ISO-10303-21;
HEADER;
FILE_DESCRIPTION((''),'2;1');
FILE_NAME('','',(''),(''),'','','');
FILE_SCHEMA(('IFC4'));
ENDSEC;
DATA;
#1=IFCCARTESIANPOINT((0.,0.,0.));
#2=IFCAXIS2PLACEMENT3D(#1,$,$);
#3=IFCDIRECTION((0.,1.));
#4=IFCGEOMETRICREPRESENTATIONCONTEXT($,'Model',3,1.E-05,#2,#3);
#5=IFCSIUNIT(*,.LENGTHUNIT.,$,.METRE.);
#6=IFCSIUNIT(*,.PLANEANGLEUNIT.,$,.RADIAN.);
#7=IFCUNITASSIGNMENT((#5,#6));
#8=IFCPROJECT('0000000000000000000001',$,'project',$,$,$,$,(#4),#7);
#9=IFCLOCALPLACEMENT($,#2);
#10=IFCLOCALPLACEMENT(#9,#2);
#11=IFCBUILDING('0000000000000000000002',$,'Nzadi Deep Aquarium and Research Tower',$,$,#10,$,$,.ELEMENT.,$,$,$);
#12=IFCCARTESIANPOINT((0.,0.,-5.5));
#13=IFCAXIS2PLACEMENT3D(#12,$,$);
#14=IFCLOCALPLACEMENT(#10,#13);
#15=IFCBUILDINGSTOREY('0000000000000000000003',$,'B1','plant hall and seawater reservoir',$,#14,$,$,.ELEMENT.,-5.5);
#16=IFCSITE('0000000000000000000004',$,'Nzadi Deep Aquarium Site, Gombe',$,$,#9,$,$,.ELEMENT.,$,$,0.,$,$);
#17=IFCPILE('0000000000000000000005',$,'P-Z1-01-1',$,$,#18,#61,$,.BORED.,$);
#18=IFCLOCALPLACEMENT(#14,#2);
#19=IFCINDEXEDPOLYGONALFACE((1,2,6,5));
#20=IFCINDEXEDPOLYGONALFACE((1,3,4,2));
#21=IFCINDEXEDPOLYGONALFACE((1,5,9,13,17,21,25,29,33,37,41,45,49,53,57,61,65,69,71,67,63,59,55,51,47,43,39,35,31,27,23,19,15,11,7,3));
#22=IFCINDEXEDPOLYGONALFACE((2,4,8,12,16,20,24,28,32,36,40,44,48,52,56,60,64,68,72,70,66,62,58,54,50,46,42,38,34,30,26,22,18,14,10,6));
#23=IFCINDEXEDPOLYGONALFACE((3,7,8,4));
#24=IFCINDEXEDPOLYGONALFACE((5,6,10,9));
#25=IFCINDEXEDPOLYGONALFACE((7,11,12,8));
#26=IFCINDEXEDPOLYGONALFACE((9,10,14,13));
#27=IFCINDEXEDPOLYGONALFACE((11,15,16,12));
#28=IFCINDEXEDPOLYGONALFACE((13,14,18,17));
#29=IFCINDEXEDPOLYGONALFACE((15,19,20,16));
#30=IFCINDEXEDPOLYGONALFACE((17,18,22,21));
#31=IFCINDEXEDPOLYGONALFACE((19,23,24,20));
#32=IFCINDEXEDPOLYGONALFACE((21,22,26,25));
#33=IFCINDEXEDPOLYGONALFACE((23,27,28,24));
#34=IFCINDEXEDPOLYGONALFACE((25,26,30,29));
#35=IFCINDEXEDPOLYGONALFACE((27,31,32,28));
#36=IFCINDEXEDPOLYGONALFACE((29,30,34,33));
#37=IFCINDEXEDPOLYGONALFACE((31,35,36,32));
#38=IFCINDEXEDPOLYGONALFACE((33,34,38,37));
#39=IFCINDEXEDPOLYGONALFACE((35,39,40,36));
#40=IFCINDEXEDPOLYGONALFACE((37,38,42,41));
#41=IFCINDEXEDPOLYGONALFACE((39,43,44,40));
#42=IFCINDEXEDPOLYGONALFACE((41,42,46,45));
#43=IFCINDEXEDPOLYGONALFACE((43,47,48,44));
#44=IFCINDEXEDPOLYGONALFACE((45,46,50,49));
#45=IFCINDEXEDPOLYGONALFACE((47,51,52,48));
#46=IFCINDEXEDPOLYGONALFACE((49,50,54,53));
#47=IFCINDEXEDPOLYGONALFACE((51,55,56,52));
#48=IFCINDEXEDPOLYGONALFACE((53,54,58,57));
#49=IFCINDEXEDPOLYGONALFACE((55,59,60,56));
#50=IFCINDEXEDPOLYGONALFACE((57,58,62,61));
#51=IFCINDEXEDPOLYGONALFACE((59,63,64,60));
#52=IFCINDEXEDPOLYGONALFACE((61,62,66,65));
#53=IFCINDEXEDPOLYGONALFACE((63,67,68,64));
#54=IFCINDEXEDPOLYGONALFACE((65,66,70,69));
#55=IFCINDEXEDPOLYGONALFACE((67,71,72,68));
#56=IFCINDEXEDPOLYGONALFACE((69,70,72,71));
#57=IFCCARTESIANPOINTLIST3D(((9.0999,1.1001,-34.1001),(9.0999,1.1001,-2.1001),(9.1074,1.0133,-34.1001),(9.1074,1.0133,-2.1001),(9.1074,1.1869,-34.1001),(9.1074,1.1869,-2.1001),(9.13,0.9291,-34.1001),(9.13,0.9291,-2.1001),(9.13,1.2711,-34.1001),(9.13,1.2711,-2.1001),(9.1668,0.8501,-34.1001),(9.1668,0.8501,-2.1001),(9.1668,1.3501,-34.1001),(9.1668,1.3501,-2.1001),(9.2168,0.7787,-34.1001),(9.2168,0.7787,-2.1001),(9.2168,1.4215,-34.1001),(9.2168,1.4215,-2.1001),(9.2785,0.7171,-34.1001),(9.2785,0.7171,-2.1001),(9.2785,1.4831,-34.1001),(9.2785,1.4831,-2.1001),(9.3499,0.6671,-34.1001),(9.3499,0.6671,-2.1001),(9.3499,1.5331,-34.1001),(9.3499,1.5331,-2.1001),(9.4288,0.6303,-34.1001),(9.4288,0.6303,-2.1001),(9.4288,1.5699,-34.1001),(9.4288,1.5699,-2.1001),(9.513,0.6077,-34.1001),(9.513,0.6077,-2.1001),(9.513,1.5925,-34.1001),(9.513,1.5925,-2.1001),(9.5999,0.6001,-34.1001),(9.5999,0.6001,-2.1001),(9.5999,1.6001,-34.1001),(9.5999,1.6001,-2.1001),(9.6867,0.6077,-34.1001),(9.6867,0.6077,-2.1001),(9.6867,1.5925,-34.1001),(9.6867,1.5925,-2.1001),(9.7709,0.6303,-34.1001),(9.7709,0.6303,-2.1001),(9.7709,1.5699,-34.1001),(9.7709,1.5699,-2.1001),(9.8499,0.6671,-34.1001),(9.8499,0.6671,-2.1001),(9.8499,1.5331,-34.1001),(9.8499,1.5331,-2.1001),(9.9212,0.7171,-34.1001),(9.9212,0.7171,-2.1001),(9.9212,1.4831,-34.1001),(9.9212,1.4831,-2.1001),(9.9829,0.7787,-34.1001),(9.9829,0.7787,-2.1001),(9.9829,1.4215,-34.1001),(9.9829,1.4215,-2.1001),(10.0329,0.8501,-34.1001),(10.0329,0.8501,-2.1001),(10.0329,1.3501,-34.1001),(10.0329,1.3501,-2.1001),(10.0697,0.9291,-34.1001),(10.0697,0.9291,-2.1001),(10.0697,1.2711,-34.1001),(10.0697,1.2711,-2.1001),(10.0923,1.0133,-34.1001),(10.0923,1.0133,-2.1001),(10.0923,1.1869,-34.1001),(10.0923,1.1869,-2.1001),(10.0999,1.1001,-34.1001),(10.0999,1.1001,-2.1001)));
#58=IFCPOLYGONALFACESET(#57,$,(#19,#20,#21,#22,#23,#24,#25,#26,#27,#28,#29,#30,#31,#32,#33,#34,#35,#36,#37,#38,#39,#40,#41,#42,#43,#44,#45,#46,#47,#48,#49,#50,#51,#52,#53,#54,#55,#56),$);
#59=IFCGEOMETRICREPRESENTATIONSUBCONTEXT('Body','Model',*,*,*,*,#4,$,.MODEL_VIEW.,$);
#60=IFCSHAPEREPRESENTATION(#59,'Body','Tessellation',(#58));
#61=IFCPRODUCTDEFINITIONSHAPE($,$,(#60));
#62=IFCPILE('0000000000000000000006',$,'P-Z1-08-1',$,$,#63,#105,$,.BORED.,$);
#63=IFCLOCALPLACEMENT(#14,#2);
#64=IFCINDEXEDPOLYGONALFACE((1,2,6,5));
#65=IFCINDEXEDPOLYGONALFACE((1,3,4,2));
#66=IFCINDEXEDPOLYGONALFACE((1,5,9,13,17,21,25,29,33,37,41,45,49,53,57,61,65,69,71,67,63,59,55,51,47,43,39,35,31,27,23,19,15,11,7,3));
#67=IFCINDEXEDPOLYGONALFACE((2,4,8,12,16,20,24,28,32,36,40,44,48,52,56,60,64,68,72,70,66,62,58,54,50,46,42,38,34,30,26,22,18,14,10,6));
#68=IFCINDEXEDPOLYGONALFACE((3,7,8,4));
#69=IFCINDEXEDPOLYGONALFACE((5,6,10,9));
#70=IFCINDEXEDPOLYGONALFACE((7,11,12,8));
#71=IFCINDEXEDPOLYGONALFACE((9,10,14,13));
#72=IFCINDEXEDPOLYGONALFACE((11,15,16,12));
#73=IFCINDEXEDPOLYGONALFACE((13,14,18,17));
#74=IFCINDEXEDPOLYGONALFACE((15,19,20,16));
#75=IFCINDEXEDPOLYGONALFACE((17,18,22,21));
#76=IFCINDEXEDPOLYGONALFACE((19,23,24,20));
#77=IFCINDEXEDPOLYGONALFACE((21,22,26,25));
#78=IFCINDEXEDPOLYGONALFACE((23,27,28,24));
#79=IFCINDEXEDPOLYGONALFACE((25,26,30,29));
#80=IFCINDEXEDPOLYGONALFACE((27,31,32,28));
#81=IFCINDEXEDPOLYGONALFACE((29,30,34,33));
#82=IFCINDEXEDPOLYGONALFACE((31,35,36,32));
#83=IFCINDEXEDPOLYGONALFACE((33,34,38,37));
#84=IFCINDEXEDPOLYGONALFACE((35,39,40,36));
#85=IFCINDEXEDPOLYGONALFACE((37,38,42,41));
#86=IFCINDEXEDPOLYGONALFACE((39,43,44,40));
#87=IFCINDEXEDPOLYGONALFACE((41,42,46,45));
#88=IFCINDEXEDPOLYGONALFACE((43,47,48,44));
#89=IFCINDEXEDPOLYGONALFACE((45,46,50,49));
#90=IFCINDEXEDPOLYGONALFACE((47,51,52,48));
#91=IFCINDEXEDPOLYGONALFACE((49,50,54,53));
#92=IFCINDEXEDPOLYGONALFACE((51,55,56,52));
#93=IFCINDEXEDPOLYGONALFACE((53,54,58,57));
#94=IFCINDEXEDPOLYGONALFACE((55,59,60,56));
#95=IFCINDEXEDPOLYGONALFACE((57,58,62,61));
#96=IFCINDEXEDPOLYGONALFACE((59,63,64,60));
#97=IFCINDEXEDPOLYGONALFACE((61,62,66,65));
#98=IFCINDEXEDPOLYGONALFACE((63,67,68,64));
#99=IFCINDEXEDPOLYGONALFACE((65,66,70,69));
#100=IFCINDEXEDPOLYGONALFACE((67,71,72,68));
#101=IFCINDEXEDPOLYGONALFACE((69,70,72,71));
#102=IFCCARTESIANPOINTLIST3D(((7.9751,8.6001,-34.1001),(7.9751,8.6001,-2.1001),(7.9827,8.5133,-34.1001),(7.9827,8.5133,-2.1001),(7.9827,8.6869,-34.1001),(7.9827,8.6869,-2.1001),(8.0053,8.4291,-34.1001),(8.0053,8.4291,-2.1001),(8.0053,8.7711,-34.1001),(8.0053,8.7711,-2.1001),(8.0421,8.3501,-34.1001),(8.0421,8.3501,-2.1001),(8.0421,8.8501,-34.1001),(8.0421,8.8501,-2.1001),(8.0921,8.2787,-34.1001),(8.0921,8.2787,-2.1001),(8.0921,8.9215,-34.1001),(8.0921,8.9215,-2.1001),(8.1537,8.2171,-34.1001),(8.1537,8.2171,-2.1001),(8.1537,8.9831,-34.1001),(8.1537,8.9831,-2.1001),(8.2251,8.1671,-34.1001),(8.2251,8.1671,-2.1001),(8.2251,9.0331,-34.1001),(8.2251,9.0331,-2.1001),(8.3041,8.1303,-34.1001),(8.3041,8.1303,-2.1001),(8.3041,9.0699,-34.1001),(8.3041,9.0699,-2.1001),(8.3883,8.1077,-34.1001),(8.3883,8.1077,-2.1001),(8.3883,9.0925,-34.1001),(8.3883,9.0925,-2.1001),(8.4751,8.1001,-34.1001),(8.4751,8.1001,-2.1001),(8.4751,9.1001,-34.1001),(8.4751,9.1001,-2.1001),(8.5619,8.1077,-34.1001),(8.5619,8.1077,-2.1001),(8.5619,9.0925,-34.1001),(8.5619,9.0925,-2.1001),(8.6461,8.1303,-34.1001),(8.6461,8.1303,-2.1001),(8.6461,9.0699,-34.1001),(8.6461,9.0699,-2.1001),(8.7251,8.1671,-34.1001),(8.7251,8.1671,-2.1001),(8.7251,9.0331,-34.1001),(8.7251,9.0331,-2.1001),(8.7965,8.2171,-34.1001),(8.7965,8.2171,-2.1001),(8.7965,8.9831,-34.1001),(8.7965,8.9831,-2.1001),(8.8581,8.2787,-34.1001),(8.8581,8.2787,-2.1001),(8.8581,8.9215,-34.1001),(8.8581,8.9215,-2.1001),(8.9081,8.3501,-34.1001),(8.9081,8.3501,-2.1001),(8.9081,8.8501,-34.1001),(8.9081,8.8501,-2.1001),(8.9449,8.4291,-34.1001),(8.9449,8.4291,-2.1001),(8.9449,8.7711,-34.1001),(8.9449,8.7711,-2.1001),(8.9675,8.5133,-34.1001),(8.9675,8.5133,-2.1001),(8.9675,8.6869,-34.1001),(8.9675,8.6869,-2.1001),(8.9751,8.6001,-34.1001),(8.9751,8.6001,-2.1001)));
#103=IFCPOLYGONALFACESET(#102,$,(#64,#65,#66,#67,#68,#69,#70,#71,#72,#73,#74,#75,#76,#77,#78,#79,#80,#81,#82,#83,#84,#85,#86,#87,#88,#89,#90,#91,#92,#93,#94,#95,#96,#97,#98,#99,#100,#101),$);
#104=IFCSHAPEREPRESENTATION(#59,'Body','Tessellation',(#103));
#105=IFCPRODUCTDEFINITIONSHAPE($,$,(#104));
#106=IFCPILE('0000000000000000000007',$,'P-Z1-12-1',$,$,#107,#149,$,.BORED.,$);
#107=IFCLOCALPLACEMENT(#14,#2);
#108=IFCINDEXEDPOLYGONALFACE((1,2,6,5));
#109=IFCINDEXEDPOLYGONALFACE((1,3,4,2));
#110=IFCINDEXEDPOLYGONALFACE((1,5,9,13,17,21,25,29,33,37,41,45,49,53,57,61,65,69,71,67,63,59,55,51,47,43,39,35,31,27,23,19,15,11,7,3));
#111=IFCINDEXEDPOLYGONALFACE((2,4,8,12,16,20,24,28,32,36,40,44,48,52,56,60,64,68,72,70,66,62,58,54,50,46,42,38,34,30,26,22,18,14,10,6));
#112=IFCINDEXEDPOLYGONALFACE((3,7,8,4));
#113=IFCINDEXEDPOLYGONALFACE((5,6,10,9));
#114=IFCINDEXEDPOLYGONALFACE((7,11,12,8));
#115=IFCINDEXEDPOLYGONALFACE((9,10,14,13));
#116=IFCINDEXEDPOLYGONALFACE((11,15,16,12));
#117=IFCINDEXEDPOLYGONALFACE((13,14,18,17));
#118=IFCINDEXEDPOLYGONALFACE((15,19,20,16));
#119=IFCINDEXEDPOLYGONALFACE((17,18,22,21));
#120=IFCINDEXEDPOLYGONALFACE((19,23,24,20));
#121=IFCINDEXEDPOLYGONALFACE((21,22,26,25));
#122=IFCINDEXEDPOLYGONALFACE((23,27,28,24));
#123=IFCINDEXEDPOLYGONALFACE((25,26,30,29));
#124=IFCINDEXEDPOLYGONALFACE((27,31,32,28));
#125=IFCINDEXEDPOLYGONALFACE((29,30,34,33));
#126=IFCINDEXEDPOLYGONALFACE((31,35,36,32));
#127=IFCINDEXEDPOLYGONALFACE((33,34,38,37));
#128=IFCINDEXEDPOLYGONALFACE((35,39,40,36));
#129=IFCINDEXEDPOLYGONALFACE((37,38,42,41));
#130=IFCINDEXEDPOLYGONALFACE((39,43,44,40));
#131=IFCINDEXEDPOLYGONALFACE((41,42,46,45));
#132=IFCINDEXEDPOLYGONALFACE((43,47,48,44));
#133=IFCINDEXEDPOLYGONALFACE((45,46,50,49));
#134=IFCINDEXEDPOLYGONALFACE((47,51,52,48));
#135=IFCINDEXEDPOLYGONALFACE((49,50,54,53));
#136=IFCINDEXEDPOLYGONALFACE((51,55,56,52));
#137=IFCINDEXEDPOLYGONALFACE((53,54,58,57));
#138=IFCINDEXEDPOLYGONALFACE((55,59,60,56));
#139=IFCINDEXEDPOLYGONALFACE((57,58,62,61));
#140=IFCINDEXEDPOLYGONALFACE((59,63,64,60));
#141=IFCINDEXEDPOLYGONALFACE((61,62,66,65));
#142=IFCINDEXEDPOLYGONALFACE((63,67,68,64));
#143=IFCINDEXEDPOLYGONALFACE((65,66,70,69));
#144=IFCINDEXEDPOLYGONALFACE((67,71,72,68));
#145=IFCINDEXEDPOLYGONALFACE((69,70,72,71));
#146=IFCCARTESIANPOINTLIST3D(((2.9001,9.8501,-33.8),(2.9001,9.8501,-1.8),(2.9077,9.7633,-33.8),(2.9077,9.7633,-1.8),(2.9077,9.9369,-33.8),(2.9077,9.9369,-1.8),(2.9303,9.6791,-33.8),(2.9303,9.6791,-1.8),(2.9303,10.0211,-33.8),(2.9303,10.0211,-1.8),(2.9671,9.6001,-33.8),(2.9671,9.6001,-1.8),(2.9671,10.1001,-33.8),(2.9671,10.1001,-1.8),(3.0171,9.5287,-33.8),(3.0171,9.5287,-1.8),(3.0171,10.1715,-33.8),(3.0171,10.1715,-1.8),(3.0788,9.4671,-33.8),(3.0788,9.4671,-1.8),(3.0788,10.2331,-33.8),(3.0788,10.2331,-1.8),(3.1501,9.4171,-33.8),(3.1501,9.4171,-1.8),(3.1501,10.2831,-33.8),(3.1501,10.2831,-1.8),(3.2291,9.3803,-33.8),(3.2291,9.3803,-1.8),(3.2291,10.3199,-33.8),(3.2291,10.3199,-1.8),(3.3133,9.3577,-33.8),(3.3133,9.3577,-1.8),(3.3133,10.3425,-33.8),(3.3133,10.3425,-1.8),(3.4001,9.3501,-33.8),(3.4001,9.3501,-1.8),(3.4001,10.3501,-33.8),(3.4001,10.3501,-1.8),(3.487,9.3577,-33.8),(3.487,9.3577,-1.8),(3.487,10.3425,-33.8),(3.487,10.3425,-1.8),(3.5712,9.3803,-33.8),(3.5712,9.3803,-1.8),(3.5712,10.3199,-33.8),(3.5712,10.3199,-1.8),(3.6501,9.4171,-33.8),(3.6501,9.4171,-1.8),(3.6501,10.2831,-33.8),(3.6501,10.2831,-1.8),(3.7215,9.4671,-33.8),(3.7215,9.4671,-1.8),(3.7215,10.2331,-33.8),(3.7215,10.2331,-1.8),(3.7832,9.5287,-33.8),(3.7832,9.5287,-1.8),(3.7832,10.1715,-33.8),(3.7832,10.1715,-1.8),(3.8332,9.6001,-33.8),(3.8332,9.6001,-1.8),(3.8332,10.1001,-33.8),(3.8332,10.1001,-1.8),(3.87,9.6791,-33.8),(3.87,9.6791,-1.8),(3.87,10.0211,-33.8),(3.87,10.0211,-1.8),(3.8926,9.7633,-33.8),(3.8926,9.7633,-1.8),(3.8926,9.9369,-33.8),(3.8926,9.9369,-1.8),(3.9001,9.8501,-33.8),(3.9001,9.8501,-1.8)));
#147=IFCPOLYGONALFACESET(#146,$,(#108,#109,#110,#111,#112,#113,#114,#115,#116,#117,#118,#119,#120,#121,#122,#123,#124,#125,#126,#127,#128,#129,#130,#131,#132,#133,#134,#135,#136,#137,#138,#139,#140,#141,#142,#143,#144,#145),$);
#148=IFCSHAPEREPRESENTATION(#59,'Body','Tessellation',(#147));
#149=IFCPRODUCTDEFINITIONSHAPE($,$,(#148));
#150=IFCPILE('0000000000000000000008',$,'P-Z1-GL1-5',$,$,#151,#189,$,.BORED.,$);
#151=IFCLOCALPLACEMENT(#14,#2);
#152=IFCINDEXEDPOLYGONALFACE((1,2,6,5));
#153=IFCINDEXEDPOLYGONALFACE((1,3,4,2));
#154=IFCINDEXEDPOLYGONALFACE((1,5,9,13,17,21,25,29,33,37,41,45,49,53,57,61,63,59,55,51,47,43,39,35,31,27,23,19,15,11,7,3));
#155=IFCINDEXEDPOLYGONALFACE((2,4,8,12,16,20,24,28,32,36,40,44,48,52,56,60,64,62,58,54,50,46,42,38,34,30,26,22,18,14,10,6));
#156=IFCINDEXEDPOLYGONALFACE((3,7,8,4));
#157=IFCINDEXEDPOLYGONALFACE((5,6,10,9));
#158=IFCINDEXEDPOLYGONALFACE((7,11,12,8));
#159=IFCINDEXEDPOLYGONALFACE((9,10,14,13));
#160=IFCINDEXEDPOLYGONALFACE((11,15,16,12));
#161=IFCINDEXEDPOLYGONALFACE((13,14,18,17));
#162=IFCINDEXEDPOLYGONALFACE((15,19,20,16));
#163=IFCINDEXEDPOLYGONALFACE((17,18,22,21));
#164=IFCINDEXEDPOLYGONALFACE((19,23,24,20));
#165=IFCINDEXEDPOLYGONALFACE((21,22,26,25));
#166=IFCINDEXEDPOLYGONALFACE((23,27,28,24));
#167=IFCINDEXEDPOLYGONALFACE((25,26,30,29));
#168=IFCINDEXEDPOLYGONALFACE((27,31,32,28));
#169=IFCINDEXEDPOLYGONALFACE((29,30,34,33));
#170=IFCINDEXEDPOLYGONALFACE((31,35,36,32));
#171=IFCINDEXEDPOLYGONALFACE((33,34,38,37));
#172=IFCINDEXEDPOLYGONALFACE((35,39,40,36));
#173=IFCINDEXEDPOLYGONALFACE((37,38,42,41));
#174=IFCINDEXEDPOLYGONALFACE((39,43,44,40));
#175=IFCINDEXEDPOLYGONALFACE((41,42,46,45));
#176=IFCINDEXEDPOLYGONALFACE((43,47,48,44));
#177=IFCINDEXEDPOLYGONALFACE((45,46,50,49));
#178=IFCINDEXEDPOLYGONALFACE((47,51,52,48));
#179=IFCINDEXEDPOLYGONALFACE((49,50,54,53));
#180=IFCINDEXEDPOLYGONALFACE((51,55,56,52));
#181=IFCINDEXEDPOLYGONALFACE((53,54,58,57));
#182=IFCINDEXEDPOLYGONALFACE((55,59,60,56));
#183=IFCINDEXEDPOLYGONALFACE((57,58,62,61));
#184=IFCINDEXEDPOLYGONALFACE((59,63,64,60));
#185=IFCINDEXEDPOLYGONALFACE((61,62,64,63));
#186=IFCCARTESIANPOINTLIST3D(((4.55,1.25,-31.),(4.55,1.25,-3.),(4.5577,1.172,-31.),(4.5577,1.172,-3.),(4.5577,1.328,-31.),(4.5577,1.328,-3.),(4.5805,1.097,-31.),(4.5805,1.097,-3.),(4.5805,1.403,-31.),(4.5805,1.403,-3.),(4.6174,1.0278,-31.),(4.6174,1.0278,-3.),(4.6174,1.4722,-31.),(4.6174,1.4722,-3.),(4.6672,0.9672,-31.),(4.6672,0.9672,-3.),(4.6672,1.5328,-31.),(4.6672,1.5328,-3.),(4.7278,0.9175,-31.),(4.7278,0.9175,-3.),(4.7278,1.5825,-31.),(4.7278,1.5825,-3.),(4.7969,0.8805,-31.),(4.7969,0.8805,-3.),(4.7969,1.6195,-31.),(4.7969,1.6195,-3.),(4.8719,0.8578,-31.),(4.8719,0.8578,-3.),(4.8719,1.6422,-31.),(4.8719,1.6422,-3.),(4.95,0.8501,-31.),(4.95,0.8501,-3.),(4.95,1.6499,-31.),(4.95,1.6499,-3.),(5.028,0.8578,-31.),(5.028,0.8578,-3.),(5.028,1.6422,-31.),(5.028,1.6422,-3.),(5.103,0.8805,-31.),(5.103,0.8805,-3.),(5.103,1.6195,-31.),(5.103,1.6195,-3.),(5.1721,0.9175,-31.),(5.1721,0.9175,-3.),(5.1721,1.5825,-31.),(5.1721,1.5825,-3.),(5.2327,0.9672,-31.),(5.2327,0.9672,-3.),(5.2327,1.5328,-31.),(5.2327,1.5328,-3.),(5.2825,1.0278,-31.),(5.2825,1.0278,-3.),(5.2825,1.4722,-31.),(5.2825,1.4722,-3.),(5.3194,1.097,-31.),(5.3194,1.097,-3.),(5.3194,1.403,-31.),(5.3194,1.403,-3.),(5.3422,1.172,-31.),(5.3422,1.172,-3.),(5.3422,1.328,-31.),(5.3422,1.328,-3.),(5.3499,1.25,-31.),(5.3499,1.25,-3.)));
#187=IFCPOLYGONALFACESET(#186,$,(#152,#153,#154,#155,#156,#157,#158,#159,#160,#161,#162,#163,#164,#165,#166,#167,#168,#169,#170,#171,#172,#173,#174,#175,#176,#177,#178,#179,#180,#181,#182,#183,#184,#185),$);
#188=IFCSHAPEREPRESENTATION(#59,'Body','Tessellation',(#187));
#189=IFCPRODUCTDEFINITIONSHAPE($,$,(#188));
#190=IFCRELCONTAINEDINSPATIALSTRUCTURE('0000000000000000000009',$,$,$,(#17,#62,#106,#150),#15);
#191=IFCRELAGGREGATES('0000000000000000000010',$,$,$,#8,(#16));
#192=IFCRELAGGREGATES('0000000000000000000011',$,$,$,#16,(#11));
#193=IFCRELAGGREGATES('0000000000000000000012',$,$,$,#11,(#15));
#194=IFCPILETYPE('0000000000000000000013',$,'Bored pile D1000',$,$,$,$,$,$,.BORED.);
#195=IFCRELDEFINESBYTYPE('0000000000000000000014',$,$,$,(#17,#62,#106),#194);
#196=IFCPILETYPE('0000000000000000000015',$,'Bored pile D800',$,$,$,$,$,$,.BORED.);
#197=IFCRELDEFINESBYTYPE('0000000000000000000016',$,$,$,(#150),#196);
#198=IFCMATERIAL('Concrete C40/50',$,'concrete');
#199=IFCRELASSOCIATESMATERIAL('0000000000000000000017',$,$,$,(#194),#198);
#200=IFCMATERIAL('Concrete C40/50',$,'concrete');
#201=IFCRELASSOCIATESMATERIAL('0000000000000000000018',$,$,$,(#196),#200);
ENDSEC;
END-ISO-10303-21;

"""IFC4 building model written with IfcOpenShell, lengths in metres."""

from ifc_helpers import new_model, si_unit, direction, frame, origin, origin_2d, place, context, subcontext, project, spatial, circle, extrude, material, material_profile, profile_set, type_object, element, save


model = new_model("IFC4")

# Units and contexts
model_context = context("Model", 3, precision=1e-05, world=origin(), true_north=direction((0.0, 1.0)))
body_context = subcontext(model_context, "Body", "Model", "MODEL_VIEW")
ifc_project = project(units=[si_unit("LENGTHUNIT", "METRE"), si_unit("PLANEANGLEUNIT", "RADIAN")], contexts=[model_context])

# Site, building, storey
site_placement = place(None, origin())
site = spatial("IfcSite", under=ifc_project, at=site_placement, Name="Nzadi Deep Aquarium Site, Gombe", CompositionType="ELEMENT", RefElevation=0.0)
building_placement = place(site_placement, origin())
building = spatial("IfcBuilding", under=site, at=building_placement, Name="Nzadi Deep Aquarium and Research Tower", CompositionType="ELEMENT")
storey_placement = place(building_placement, frame((0.0, 0.0, -5.5)))
storey = spatial("IfcBuildingStorey", under=building, at=storey_placement, Name="B1", Description="plant hall and seawater reservoir", CompositionType="ELEMENT", Elevation=-5.5)

# Piles
ifc_material_1 = material(Name="Concrete C40/50", Category="concrete")
ifc_material_profile_1 = material_profile(ifc_material_1, circle(Radius=0.5, at=origin_2d()))
ifc_profile_set_1 = profile_set([ifc_material_profile_1], Name="Concrete C40/50")
pile_type_1 = type_object("IfcPileType", Name="Bored pile D1000", PredefinedType="BORED", material=ifc_profile_set_1)
for number, where, z_axis, x_axis, name in (
    (1, (9.5999, 1.1001, -2.1001), (0.0, 0.0, -1.0), (1.0, 0.0, 0.0), "P-Z1-01-1"),
    (2, (8.4751, 8.6001, -2.1001), (0.0, 0.0, -1.0), (1.0, 0.0, 0.0), "P-Z1-08-1"),
    (3, (3.4001, 9.8501, -1.8), (0.0, 0.0, -1.0), (1.0, 0.0, 0.0), "P-Z1-12-1"),
):
    element("IfcPile", number, at=place(storey_placement, frame(where, z_axis=z_axis, x_axis=x_axis)), inside=storey, type_object=pile_type_1, Name=name, PredefinedType="BORED", context=body_context, shape_type="SweptSolid", body=[
        extrude(circle(Radius=0.5, at=origin_2d()), origin(), (0.0, 0.0, 1.0), 32.0),
    ])
ifc_material_2 = material(Name="Concrete C40/50", Category="concrete")
ifc_material_profile_2 = material_profile(ifc_material_2, circle(Radius=0.3999, at=origin_2d()))
ifc_profile_set_2 = profile_set([ifc_material_profile_2], Name="Concrete C40/50")
pile_type_2 = type_object("IfcPileType", Name="Bored pile D800", PredefinedType="BORED", material=ifc_profile_set_2)
for number, where, z_axis, x_axis, name in (
    (4, (4.95, 1.25, -3.0), (0.0, 0.0, -1.0), (1.0, 0.0, 0.0), "P-Z1-GL1-5"),
):
    element("IfcPile", number, at=place(storey_placement, frame(where, z_axis=z_axis, x_axis=x_axis)), inside=storey, type_object=pile_type_2, Name=name, PredefinedType="BORED", context=body_context, shape_type="SweptSolid", body=[
        extrude(circle(Radius=0.3999, at=origin_2d()), origin(), (0.0, 0.0, 1.0), 28.0),
    ])

save(model, "model.ifc")
